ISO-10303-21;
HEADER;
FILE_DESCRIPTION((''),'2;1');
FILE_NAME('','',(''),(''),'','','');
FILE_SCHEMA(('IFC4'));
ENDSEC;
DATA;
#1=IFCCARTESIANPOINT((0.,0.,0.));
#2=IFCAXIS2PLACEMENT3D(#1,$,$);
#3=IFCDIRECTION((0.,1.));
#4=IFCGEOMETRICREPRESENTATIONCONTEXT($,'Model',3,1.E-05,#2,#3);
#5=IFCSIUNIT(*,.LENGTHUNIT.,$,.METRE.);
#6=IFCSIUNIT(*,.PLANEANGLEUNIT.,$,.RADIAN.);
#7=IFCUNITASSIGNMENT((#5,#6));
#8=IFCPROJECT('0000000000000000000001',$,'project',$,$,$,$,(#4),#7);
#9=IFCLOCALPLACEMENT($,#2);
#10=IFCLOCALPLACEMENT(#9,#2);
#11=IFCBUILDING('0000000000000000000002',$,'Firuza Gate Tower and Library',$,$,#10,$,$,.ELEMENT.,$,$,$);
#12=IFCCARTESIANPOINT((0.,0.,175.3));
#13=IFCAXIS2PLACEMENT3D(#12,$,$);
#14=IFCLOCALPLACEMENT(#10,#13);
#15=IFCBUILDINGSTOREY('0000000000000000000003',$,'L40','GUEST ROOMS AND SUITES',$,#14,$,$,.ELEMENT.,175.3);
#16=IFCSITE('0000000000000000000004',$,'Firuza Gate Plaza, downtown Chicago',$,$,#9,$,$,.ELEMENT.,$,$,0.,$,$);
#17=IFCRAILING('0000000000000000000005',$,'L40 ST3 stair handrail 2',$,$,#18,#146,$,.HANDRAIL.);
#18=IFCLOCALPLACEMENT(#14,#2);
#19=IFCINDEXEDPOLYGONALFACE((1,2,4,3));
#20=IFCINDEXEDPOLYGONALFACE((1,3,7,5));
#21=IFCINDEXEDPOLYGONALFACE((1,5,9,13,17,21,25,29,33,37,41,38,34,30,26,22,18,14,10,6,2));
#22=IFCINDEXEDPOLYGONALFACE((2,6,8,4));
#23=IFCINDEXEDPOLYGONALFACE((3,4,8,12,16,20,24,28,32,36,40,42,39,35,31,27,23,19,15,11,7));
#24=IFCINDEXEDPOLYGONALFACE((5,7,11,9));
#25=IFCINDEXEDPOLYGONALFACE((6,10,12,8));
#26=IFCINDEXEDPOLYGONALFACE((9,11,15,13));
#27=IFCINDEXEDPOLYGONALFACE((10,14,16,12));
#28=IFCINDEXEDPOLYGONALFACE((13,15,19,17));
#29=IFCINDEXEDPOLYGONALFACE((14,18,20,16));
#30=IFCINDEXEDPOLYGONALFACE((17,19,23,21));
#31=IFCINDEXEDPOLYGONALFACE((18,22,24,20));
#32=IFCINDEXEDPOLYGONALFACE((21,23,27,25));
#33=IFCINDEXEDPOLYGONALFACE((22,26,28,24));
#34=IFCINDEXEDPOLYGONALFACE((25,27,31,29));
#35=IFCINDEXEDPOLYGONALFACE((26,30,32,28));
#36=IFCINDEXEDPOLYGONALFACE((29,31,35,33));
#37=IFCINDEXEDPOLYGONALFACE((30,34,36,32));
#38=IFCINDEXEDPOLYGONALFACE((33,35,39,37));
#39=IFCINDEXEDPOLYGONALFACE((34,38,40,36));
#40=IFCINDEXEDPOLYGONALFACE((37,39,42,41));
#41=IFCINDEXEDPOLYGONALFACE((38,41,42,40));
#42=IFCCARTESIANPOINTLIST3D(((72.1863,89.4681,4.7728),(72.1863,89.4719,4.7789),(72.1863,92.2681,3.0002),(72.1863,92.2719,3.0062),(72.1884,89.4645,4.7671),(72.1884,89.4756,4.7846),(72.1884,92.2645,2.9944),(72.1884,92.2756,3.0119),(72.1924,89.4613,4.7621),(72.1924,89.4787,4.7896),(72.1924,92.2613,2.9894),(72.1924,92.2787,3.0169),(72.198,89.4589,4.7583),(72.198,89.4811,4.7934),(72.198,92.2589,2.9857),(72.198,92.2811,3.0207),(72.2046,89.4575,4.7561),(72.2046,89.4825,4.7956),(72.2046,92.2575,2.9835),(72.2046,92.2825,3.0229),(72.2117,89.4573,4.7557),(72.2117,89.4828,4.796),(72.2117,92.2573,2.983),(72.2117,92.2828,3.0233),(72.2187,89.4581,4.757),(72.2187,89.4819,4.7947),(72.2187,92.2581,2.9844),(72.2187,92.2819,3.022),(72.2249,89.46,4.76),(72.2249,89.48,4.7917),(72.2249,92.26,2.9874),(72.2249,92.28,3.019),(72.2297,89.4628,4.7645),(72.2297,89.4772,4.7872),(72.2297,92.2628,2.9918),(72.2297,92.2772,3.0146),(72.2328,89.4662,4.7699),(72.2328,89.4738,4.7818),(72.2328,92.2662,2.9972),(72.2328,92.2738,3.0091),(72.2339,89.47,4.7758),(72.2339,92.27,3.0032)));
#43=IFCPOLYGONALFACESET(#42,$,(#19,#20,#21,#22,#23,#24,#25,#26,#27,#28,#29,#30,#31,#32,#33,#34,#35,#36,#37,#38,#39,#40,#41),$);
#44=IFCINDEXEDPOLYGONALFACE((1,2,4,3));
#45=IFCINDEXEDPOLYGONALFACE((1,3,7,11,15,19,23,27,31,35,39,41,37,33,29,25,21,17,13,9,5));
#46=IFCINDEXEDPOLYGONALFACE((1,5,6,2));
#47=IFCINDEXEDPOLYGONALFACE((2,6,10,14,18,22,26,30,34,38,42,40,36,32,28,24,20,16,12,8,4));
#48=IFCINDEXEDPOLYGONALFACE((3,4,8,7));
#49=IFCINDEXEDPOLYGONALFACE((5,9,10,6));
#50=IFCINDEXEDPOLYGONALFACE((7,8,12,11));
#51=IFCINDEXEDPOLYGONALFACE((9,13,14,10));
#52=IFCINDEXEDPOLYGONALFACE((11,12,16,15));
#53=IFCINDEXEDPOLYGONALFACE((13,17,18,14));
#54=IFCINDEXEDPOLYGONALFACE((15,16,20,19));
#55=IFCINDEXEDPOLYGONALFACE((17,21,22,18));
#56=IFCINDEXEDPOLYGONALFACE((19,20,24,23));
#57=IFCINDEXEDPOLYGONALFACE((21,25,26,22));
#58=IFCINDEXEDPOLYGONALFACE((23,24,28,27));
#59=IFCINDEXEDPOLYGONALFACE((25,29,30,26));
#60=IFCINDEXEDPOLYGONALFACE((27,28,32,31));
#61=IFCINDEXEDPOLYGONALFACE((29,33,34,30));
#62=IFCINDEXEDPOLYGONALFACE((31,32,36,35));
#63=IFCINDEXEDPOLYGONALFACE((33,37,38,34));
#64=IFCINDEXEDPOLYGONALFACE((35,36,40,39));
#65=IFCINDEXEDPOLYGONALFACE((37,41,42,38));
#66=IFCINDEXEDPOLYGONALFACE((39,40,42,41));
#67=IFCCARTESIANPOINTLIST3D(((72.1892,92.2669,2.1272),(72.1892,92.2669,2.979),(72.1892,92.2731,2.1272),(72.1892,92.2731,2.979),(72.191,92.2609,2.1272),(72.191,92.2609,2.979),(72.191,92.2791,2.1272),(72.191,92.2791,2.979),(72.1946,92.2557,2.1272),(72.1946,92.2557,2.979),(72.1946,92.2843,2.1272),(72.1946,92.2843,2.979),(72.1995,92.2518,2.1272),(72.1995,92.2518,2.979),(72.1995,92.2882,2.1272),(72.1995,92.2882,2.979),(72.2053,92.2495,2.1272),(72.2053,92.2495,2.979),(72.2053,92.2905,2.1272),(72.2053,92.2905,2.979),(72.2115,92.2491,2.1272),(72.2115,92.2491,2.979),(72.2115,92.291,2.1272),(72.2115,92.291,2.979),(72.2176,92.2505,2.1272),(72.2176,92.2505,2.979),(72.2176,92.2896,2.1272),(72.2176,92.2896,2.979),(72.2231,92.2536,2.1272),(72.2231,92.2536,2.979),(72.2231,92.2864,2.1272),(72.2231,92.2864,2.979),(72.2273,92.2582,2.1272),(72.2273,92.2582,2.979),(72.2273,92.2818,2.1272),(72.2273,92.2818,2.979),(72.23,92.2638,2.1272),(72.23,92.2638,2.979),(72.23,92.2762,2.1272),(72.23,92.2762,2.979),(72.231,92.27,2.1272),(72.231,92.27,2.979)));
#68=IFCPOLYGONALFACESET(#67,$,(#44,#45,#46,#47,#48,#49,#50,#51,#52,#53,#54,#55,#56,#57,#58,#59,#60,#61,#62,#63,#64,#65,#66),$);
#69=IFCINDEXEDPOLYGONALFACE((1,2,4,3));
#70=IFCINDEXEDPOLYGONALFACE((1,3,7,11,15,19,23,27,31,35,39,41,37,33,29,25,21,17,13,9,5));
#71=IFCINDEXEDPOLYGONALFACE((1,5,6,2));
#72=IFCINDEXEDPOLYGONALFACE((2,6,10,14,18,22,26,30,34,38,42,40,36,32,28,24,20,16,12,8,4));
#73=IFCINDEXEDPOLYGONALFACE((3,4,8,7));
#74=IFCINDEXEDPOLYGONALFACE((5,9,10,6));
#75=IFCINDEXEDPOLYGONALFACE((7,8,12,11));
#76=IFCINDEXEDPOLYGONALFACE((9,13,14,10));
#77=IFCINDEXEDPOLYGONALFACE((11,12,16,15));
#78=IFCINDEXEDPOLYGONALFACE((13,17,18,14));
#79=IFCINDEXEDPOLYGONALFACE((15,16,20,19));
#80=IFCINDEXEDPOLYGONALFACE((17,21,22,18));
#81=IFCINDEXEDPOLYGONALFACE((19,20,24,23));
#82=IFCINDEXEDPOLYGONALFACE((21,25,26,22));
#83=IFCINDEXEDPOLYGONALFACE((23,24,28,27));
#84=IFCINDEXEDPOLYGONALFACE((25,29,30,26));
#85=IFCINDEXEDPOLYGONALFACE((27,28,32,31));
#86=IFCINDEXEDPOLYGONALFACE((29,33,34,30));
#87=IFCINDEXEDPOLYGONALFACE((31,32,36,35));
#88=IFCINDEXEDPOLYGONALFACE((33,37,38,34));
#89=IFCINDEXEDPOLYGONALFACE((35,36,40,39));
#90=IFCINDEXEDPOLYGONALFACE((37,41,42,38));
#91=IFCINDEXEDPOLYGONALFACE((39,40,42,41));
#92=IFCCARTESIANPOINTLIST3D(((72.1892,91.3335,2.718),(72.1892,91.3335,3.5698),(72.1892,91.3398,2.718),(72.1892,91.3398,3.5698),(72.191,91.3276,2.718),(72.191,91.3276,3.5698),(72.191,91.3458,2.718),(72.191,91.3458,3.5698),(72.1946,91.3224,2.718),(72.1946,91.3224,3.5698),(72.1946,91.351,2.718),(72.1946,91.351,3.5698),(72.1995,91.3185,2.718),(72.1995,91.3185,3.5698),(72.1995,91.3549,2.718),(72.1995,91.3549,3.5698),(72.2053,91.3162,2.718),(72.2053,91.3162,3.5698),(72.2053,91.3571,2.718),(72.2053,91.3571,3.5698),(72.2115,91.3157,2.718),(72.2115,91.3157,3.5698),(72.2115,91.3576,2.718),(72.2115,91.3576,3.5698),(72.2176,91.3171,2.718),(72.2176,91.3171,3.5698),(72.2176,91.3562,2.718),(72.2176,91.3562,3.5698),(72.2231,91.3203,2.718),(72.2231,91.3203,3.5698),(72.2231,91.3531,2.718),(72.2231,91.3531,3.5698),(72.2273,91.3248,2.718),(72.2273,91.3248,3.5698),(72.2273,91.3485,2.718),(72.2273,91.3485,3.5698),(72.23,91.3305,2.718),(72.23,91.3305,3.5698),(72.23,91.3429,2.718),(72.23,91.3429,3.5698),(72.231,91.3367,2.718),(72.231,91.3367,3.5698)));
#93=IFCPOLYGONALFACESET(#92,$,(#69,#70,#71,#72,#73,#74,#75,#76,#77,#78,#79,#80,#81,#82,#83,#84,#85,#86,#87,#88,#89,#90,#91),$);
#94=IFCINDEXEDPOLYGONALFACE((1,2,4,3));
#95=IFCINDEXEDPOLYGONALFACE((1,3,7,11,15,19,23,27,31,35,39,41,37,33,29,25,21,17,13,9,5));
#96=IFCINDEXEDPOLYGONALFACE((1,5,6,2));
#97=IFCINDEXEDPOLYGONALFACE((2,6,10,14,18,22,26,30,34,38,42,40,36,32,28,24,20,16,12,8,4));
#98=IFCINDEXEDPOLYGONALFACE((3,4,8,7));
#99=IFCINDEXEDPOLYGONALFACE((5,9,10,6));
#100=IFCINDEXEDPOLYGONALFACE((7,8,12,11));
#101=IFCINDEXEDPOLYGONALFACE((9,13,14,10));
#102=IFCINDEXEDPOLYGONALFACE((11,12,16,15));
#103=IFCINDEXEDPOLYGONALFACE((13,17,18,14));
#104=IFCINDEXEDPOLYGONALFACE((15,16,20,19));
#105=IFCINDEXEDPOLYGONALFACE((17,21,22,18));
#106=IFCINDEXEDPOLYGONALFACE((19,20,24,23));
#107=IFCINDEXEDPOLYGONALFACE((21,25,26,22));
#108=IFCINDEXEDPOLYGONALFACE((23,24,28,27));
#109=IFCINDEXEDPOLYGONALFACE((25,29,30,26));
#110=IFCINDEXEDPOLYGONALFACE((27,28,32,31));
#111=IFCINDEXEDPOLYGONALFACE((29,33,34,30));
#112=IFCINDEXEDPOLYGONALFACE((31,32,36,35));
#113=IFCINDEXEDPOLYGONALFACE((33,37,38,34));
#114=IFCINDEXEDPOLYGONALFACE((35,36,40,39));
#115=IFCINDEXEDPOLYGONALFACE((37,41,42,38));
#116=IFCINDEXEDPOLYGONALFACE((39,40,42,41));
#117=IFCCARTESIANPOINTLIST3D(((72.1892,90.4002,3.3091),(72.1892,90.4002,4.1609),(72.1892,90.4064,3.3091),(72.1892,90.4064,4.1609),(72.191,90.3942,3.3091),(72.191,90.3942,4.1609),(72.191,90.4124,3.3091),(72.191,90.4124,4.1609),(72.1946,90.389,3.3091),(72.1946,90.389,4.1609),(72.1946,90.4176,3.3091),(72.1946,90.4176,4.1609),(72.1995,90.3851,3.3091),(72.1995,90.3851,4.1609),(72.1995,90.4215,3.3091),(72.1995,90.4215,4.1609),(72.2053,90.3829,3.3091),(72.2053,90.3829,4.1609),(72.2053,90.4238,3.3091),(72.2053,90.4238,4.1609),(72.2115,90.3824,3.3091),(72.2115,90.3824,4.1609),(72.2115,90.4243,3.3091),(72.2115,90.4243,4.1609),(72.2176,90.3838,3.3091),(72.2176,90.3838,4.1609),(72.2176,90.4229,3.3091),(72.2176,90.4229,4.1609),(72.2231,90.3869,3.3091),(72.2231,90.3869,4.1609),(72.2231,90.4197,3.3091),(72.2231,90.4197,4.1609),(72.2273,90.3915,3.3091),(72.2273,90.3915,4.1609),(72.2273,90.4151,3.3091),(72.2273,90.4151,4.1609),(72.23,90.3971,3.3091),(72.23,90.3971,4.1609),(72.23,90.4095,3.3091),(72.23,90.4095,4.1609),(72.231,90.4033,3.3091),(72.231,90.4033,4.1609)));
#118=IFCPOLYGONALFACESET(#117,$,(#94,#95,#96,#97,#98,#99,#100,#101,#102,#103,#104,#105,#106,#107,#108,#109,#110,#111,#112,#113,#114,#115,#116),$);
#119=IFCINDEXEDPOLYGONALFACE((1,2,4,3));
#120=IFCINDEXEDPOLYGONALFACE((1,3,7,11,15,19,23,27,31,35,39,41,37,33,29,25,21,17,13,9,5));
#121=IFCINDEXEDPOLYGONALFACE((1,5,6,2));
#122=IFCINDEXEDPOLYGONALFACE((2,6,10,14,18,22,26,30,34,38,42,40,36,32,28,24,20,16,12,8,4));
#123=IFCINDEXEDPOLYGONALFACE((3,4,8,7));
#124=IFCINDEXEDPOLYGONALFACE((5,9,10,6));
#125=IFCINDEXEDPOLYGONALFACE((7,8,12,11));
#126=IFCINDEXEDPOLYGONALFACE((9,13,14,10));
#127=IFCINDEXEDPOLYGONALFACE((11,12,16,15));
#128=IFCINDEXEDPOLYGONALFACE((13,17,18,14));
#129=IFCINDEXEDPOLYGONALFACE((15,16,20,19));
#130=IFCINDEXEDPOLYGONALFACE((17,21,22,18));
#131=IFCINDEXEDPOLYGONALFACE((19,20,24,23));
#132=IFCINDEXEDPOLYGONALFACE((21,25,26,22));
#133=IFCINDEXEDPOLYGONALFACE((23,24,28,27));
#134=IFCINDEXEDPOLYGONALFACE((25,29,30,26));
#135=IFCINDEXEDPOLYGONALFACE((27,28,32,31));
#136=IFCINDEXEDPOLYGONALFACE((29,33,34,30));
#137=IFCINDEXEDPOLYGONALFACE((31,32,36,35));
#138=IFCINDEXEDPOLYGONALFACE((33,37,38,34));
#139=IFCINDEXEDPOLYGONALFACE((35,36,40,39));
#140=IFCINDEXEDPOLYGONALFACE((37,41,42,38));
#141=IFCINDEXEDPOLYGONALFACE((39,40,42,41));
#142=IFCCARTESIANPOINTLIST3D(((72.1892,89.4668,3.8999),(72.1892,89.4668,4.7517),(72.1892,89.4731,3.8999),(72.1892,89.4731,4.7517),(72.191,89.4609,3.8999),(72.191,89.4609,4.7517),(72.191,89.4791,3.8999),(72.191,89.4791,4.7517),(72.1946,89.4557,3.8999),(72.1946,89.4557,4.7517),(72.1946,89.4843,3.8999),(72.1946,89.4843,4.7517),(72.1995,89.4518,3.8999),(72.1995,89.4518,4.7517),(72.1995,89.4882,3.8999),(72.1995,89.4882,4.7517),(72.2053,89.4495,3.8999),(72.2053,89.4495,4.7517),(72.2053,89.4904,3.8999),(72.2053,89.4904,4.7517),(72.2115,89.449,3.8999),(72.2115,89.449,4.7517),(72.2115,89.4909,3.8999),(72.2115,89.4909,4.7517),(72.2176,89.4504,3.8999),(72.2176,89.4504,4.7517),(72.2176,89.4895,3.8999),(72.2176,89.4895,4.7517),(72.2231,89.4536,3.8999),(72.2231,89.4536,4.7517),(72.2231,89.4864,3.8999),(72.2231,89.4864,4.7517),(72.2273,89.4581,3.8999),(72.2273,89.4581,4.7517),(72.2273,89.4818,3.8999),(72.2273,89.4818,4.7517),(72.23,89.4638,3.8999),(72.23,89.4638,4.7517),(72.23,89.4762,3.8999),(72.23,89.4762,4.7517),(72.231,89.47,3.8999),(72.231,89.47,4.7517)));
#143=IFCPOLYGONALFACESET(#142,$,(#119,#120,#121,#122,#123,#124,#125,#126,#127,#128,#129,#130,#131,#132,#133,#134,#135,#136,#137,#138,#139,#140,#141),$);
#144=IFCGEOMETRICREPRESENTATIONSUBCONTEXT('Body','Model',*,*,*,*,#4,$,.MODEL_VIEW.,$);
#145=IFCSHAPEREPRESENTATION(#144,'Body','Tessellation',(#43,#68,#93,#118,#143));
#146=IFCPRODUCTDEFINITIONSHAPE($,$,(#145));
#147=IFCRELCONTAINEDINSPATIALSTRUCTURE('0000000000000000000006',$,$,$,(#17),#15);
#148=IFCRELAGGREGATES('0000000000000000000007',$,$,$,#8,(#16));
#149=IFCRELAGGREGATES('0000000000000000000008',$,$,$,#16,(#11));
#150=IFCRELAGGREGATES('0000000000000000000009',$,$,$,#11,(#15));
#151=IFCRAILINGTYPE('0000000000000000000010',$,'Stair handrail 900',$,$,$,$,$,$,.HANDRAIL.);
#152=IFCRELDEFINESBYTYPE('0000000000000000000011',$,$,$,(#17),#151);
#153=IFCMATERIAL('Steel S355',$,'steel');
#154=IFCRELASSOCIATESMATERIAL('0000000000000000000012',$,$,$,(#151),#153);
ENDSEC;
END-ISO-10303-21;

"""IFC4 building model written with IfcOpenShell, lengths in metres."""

from ifc_helpers import new_model, si_unit, direction, frame, origin, origin_2d, place, context, subcontext, project, spatial, circle, extrude, material, type_object, element, save


model = new_model("IFC4")

# Units and contexts
model_context = context("Model", 3, precision=1e-05, world=origin(), true_north=direction((0.0, 1.0)))
body_context = subcontext(model_context, "Body", "Model", "MODEL_VIEW")
ifc_project = project(units=[si_unit("LENGTHUNIT", "METRE"), si_unit("PLANEANGLEUNIT", "RADIAN")], contexts=[model_context])

# Site, building, storey
site_placement = place(None, origin())
site = spatial("IfcSite", under=ifc_project, at=site_placement, Name="Firuza Gate Plaza, downtown Chicago", CompositionType="ELEMENT", RefElevation=0.0)
building_placement = place(site_placement, origin())
building = spatial("IfcBuilding", under=site, at=building_placement, Name="Firuza Gate Tower and Library", CompositionType="ELEMENT")
storey_placement = place(building_placement, frame((0.0, 0.0, 175.3)))
storey = spatial("IfcBuildingStorey", under=building, at=storey_placement, Name="L40", Description="GUEST ROOMS AND SUITES", CompositionType="ELEMENT", Elevation=175.3)

# Railing
ifc_material_1 = material(Name="Steel S355", Category="steel")
railing_type = type_object("IfcRailingType", Name="Stair handrail 900", PredefinedType="HANDRAIL", material=ifc_material_1)
railing_placement = place(storey_placement, frame((72.21, 92.27, 2.1272)))
element("IfcRailing", 1, at=railing_placement, inside=storey, type_object=railing_type, Name="L40 ST3 stair handrail 2", PredefinedType="HANDRAIL", context=body_context, shape_type="SweptSolid", body=[
    extrude(circle(Radius=0.0239, at=origin_2d()), frame((0.0, 0.0, 0.876), z_axis=(0.0, -0.844909, 0.53491), x_axis=(1.0, 0.0, 0.0)), (0.0, 0.0, 1.0), 3.314),
    extrude(circle(Radius=0.021, at=origin_2d()), origin(), (0.0, 0.0, 1.0), 0.8518),
    extrude(circle(Radius=0.021, at=origin_2d()), frame((0.0, -0.9333, 0.5908)), (0.0, 0.0, 1.0), 0.8518),
    extrude(circle(Radius=0.021, at=origin_2d()), frame((0.0, -1.8667, 1.1819)), (0.0, 0.0, 1.0), 0.8518),
    extrude(circle(Radius=0.021, at=origin_2d()), frame((0.0, -2.8, 1.7727)), (0.0, 0.0, 1.0), 0.8518),
])

save(model, "model.ifc")
